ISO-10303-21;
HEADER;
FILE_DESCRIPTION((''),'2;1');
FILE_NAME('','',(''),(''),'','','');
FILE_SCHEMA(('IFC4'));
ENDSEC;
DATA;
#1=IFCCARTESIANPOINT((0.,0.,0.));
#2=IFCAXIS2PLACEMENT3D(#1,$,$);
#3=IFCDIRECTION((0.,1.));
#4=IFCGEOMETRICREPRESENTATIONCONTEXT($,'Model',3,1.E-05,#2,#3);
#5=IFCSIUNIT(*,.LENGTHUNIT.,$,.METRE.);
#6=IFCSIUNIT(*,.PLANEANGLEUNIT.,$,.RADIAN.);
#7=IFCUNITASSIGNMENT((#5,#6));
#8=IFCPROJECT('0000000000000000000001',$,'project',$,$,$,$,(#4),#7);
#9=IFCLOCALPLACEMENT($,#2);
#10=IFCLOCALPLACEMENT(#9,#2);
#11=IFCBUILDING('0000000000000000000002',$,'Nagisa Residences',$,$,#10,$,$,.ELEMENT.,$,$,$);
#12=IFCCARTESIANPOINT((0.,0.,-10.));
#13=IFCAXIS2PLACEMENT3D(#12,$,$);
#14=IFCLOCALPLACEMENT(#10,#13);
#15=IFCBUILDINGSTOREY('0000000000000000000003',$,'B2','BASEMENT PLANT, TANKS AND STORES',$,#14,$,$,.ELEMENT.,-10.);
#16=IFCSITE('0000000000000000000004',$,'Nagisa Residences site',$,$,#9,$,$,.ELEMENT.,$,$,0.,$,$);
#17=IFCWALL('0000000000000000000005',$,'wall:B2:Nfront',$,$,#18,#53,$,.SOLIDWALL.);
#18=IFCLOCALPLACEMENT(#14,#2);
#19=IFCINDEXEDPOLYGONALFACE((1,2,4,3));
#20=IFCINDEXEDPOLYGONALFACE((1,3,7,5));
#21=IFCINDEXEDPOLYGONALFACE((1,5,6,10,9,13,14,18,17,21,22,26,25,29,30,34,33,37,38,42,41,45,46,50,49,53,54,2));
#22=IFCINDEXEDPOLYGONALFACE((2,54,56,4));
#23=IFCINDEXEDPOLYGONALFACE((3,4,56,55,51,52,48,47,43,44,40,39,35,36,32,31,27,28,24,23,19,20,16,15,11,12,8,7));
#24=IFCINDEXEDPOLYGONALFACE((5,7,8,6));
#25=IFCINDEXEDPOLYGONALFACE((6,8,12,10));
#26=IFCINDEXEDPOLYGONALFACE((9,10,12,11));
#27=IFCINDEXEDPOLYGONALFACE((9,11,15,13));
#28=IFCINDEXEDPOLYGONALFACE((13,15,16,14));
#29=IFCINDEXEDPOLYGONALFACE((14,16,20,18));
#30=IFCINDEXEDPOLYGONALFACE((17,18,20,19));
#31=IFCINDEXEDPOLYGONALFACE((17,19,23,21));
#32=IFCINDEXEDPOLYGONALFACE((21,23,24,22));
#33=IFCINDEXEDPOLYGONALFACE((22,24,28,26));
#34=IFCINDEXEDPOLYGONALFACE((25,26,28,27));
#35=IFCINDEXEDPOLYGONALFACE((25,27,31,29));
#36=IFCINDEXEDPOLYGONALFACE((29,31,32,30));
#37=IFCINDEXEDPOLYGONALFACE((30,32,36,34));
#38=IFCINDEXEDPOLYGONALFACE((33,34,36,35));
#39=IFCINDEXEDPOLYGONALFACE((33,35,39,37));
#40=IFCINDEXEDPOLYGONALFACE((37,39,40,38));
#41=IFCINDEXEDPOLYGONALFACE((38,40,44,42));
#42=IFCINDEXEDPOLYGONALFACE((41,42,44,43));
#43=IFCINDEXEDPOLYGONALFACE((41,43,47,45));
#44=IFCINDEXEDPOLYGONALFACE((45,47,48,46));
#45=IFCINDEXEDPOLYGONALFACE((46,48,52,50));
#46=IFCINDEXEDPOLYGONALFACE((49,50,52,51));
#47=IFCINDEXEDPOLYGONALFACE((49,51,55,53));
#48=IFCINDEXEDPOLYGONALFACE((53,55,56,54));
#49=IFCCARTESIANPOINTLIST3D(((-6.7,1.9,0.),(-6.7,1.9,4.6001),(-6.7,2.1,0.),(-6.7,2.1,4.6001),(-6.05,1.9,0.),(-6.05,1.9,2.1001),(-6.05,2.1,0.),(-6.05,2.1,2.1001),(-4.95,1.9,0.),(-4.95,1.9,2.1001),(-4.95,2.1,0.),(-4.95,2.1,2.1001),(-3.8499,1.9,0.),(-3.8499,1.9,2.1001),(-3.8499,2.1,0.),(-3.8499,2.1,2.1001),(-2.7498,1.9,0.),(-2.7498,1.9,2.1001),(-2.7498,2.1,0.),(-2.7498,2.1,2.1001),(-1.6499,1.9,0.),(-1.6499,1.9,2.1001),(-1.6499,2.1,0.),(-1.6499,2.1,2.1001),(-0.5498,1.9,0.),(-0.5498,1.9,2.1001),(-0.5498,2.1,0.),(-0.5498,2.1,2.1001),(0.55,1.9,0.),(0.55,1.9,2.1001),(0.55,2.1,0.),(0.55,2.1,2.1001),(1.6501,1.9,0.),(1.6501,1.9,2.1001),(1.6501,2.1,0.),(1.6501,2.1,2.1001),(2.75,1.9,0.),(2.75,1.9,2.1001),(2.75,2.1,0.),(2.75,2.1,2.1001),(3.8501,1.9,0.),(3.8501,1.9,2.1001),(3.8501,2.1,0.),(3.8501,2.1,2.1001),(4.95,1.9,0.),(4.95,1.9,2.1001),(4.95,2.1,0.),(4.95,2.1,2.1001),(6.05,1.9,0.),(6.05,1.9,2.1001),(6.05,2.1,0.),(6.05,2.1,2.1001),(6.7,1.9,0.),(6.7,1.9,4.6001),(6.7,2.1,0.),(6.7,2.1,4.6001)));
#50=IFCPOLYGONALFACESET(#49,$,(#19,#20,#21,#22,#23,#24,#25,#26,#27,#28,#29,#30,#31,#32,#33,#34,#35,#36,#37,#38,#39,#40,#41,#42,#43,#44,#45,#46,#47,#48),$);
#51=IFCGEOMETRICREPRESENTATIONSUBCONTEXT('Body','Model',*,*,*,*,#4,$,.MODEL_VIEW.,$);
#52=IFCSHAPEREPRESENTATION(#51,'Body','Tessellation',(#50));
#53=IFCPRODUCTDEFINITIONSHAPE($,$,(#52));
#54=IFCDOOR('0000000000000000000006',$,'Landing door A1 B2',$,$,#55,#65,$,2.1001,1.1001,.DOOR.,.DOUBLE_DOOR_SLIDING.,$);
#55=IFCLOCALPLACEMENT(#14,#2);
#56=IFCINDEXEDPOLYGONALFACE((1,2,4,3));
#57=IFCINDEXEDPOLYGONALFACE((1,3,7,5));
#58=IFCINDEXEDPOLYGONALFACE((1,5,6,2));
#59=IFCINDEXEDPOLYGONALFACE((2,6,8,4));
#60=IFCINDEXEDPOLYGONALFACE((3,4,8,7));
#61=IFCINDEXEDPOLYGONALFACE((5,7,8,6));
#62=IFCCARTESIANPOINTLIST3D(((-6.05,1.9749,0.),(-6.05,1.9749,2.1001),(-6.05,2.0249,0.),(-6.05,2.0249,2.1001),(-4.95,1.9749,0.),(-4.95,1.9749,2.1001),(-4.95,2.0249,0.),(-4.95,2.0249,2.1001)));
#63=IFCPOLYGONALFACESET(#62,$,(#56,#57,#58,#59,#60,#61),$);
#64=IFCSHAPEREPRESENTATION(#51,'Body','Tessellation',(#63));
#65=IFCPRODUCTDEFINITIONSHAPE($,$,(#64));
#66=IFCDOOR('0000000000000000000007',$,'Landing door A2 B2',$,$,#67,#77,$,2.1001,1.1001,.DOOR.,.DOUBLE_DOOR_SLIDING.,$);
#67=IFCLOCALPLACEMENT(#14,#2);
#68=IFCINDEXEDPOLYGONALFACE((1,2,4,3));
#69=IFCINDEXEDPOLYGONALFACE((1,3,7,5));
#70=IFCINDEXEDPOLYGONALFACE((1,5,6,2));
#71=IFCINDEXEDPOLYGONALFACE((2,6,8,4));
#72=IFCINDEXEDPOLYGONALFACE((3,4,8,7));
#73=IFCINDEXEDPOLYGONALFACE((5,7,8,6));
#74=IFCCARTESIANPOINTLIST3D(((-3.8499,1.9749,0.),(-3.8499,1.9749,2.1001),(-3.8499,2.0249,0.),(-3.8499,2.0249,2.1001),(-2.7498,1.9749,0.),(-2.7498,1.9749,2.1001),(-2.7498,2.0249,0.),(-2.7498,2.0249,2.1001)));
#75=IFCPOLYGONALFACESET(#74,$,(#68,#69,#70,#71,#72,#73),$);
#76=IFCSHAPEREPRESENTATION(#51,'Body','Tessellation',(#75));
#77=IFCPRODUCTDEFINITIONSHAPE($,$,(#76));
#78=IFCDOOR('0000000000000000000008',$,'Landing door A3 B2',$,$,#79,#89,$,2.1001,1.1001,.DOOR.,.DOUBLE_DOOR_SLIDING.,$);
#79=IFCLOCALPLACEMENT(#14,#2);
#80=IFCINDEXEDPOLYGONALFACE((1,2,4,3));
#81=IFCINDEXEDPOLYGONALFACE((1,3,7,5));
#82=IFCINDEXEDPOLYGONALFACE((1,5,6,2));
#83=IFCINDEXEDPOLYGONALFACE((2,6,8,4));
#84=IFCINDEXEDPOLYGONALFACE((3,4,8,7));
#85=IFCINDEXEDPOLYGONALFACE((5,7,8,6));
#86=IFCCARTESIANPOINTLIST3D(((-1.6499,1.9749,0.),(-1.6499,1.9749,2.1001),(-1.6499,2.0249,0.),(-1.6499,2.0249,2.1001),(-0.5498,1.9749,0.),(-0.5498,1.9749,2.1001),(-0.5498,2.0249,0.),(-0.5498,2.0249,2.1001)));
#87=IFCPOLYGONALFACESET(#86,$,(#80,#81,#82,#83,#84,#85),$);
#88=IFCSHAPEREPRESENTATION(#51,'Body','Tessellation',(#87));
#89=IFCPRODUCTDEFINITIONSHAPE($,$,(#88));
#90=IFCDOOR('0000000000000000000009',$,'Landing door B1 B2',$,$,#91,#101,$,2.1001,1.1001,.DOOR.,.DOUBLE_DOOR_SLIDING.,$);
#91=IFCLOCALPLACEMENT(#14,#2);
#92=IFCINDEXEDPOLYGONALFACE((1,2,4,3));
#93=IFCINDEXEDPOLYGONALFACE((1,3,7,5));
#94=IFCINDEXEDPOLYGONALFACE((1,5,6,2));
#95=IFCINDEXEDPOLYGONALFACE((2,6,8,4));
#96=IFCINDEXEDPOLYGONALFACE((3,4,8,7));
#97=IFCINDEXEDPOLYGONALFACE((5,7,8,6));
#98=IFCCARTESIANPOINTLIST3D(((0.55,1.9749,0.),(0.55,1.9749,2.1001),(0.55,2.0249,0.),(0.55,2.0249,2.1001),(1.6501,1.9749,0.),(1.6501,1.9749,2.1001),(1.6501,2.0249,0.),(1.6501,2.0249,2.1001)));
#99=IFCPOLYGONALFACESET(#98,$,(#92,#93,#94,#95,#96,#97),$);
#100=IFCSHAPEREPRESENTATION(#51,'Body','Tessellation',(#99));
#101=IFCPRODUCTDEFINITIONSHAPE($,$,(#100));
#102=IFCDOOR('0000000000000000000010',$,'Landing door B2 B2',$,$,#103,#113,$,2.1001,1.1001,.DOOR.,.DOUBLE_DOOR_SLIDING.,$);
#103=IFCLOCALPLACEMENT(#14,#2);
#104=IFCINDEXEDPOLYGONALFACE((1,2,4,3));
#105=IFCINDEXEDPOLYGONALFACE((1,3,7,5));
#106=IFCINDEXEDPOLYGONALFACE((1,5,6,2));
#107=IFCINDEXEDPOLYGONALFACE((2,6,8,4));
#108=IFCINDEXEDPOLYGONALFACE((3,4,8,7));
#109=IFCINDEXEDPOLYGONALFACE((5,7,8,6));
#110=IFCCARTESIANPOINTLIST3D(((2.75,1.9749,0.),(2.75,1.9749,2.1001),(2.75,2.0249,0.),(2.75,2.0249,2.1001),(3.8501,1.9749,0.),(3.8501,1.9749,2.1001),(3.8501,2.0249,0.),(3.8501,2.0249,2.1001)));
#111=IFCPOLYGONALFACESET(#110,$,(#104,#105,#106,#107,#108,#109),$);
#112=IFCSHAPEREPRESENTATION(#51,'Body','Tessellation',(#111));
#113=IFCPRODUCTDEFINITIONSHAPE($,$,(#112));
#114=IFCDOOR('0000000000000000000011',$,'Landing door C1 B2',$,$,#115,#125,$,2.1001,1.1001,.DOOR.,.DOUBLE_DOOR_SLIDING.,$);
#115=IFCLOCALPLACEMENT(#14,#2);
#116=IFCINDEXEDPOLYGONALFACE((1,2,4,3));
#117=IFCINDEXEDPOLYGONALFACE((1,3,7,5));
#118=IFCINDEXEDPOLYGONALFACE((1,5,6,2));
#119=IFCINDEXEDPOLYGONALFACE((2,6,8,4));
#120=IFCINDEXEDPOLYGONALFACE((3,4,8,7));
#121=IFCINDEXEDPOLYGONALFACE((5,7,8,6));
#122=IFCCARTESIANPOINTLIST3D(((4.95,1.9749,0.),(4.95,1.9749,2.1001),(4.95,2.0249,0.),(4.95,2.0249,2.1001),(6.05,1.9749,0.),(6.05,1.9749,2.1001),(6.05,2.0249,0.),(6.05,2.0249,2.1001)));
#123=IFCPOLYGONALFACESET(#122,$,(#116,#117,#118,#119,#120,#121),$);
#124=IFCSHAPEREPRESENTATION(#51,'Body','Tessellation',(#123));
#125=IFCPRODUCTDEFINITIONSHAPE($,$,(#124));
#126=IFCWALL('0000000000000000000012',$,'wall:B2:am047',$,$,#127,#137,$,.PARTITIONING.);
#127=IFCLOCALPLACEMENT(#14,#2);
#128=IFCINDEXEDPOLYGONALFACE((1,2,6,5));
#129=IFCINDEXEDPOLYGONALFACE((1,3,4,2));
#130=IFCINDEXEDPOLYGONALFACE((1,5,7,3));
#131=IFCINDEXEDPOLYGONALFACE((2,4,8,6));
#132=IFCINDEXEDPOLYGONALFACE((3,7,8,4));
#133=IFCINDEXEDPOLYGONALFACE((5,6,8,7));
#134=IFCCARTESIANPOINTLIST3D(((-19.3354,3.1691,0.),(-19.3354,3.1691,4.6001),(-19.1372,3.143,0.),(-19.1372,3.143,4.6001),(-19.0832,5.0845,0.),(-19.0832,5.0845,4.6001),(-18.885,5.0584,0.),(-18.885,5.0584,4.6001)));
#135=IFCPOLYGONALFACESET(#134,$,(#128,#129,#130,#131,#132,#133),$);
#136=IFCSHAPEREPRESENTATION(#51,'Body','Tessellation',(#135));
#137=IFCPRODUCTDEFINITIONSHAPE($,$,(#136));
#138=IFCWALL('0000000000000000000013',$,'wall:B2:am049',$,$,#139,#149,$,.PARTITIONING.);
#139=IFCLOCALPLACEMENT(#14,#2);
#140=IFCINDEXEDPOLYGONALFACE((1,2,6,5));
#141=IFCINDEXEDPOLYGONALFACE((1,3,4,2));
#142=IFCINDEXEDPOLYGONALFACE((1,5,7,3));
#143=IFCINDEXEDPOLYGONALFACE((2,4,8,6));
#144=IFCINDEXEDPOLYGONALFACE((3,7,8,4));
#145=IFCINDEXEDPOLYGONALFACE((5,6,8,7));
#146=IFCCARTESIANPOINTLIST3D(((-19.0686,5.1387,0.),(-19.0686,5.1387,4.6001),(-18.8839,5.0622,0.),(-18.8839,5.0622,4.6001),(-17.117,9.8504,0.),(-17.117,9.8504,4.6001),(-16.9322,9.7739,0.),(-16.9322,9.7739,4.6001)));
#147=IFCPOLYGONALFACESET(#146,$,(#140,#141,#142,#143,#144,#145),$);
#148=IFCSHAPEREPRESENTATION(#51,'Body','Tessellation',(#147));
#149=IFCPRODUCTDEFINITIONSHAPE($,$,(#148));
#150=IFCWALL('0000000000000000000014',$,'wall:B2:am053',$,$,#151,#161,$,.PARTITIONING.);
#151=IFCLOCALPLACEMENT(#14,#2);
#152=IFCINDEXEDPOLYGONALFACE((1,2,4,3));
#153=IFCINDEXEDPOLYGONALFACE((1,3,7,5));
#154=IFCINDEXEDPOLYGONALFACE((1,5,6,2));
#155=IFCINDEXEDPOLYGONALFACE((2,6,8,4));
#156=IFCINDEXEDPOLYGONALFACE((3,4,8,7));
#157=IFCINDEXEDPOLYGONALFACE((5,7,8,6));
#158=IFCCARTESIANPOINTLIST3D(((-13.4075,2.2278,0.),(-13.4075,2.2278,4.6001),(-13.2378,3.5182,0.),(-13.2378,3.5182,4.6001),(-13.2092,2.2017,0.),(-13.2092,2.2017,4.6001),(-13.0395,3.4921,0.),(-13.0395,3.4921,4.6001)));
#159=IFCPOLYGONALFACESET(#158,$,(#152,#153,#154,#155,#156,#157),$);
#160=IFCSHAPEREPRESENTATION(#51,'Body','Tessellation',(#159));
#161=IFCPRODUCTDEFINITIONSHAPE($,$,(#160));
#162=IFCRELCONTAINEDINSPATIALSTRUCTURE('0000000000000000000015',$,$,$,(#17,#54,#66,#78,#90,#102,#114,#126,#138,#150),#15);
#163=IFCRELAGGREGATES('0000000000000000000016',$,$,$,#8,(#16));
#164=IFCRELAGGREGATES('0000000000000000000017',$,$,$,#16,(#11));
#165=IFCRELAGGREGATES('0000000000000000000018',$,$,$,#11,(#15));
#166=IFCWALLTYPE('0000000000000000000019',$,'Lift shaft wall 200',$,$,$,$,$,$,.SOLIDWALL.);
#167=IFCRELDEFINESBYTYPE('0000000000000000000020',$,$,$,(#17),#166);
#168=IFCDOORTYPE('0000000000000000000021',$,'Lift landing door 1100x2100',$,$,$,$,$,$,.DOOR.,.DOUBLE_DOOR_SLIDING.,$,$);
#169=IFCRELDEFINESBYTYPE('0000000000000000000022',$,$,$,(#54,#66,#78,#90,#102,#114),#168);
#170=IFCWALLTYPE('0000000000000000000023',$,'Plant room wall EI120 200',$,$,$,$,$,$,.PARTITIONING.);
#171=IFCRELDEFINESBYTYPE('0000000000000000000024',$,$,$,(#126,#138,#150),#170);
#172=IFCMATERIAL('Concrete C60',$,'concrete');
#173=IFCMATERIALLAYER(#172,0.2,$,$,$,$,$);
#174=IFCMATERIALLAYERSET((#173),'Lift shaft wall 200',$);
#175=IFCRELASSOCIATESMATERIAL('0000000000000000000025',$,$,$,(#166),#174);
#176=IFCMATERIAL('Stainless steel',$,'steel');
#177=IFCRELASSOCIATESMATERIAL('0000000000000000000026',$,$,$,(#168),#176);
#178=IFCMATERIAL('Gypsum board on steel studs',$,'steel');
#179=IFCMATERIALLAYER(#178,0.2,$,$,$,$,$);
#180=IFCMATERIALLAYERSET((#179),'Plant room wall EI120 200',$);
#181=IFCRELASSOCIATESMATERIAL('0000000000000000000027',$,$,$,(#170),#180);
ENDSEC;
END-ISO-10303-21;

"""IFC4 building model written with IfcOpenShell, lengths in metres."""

from ifc_helpers import new_model, si_unit, direction, frame, frame_2d, origin, place, context, subcontext, project, spatial, rectangle, extrude, material, layer, layer_set, type_object, element, fill, save


model = new_model("IFC4")

# Units and contexts
model_context = context("Model", 3, precision=1e-05, world=origin(), true_north=direction((0.0, 1.0)))
body_context = subcontext(model_context, "Body", "Model", "MODEL_VIEW")
ifc_project = project(units=[si_unit("LENGTHUNIT", "METRE"), si_unit("PLANEANGLEUNIT", "RADIAN")], contexts=[model_context])

# Site, building, storey
site_placement = place(None, origin())
site = spatial("IfcSite", under=ifc_project, at=site_placement, Name="Nagisa Residences site", CompositionType="ELEMENT", RefElevation=0.0)
building_placement = place(site_placement, origin())
building = spatial("IfcBuilding", under=site, at=building_placement, Name="Nagisa Residences", CompositionType="ELEMENT")
storey_placement = place(building_placement, frame((0.0, 0.0, -10.0)))
storey = spatial("IfcBuildingStorey", under=building, at=storey_placement, Name="B2", Description="BASEMENT PLANT, TANKS AND STORES", CompositionType="ELEMENT", Elevation=-10.0)

# Wall, openings, doors
ifc_material_1 = material(Name="Concrete C60", Category="concrete")
ifc_layer_1 = layer(ifc_material_1, 0.2)
ifc_layer_set_1 = layer_set([ifc_layer_1], Name="Lift shaft wall 200")
wall_type_1 = type_object("IfcWallType", Name="Lift shaft wall 200", PredefinedType="SOLIDWALL", material=ifc_layer_set_1)
wall_1_placement = place(storey_placement, frame((-6.7, 2.0, 0.0), z_axis=(0.0, 0.0, 1.0), x_axis=(1.0, 0.0, 0.0)))
wall_1 = element("IfcWall", 1, at=wall_1_placement, inside=storey, type_object=wall_type_1, Name="wall:B2:Nfront", PredefinedType="SOLIDWALL", context=body_context, shape_type="SweptSolid", body=[
    extrude(rectangle(XDim=13.3999, YDim=0.2, at=frame_2d((6.7, 0.0))), origin(), (0.0, 0.0, 1.0), 4.6001),
])
opening_1_placement = place(wall_1_placement, frame((0.6499, 0.0, 0.0)))
opening_1 = element("IfcOpeningElement", 2, at=opening_1_placement, cuts=wall_1, PredefinedType="OPENING", context=body_context, shape_type="SweptSolid", body=[
    extrude(rectangle(XDim=1.1001, YDim=2.1001, at=frame_2d((0.55, 1.05))), frame((0.0, 0.1099, 0.0), z_axis=(0.0, -1.0, 0.0), x_axis=(1.0, 0.0, 0.0)), (0.0, 0.0, 1.0), 0.22),
])
opening_2_placement = place(wall_1_placement, frame((2.8501, 0.0, 0.0)))
opening_2 = element("IfcOpeningElement", 3, at=opening_2_placement, cuts=wall_1, PredefinedType="OPENING", context=body_context, shape_type="SweptSolid", body=[
    extrude(rectangle(XDim=1.1001, YDim=2.1001, at=frame_2d((0.55, 1.05))), frame((0.0, 0.1099, 0.0), z_axis=(0.0, -1.0, 0.0), x_axis=(1.0, 0.0, 0.0)), (0.0, 0.0, 1.0), 0.22),
])
opening_3_placement = place(wall_1_placement, frame((5.05, 0.0, 0.0)))
opening_3 = element("IfcOpeningElement", 4, at=opening_3_placement, cuts=wall_1, PredefinedType="OPENING", context=body_context, shape_type="SweptSolid", body=[
    extrude(rectangle(XDim=1.1001, YDim=2.1001, at=frame_2d((0.55, 1.05))), frame((0.0, 0.1099, 0.0), z_axis=(0.0, -1.0, 0.0), x_axis=(1.0, 0.0, 0.0)), (0.0, 0.0, 1.0), 0.22),
])
opening_4_placement = place(wall_1_placement, frame((7.25, 0.0, 0.0)))
opening_4 = element("IfcOpeningElement", 5, at=opening_4_placement, cuts=wall_1, PredefinedType="OPENING", context=body_context, shape_type="SweptSolid", body=[
    extrude(rectangle(XDim=1.1001, YDim=2.1001, at=frame_2d((0.55, 1.05))), frame((0.0, 0.1099, 0.0), z_axis=(0.0, -1.0, 0.0), x_axis=(1.0, 0.0, 0.0)), (0.0, 0.0, 1.0), 0.22),
])
opening_5_placement = place(wall_1_placement, frame((9.45, 0.0, 0.0)))
opening_5 = element("IfcOpeningElement", 6, at=opening_5_placement, cuts=wall_1, PredefinedType="OPENING", context=body_context, shape_type="SweptSolid", body=[
    extrude(rectangle(XDim=1.1001, YDim=2.1001, at=frame_2d((0.55, 1.05))), frame((0.0, 0.1099, 0.0), z_axis=(0.0, -1.0, 0.0), x_axis=(1.0, 0.0, 0.0)), (0.0, 0.0, 1.0), 0.22),
])
opening_6_placement = place(wall_1_placement, frame((11.6499, 0.0, 0.0)))
opening_6 = element("IfcOpeningElement", 7, at=opening_6_placement, cuts=wall_1, PredefinedType="OPENING", context=body_context, shape_type="SweptSolid", body=[
    extrude(rectangle(XDim=1.1001, YDim=2.1001, at=frame_2d((0.55, 1.05))), frame((0.0, 0.1099, 0.0), z_axis=(0.0, -1.0, 0.0), x_axis=(1.0, 0.0, 0.0)), (0.0, 0.0, 1.0), 0.22),
])
ifc_material_2 = material(Name="Stainless steel", Category="steel")
door_type_1 = type_object("IfcDoorType", Name="Lift landing door 1100x2100", OperationType="DOUBLE_DOOR_SLIDING", PredefinedType="DOOR", material=ifc_material_2)
door_1_placement = place(opening_1_placement, origin())
door_1 = element("IfcDoor", 8, at=door_1_placement, inside=storey, type_object=door_type_1, Name="Landing door A1 B2", OperationType="DOUBLE_DOOR_SLIDING", OverallHeight=2.1001, OverallWidth=1.1001, PredefinedType="DOOR", context=body_context, shape_type="SweptSolid", body=[
    extrude(rectangle(XDim=1.1001, YDim=2.1001, at=frame_2d((0.55, 1.05))), frame((0.0, 0.0249, 0.0), z_axis=(0.0, -1.0, 0.0), x_axis=(1.0, 0.0, 0.0)), (0.0, 0.0, 1.0), 0.05),
])
fill(opening_1, door_1)
door_2_placement = place(opening_2_placement, origin())
door_2 = element("IfcDoor", 9, at=door_2_placement, inside=storey, type_object=door_type_1, Name="Landing door A2 B2", OperationType="DOUBLE_DOOR_SLIDING", OverallHeight=2.1001, OverallWidth=1.1001, PredefinedType="DOOR", context=body_context, shape_type="SweptSolid", body=[
    extrude(rectangle(XDim=1.1001, YDim=2.1001, at=frame_2d((0.55, 1.05))), frame((0.0, 0.0249, 0.0), z_axis=(0.0, -1.0, 0.0), x_axis=(1.0, 0.0, 0.0)), (0.0, 0.0, 1.0), 0.05),
])
fill(opening_2, door_2)
door_3_placement = place(opening_3_placement, origin())
door_3 = element("IfcDoor", 10, at=door_3_placement, inside=storey, type_object=door_type_1, Name="Landing door A3 B2", OperationType="DOUBLE_DOOR_SLIDING", OverallHeight=2.1001, OverallWidth=1.1001, PredefinedType="DOOR", context=body_context, shape_type="SweptSolid", body=[
    extrude(rectangle(XDim=1.1001, YDim=2.1001, at=frame_2d((0.55, 1.05))), frame((0.0, 0.0249, 0.0), z_axis=(0.0, -1.0, 0.0), x_axis=(1.0, 0.0, 0.0)), (0.0, 0.0, 1.0), 0.05),
])
fill(opening_3, door_3)
door_4_placement = place(opening_4_placement, origin())
door_4 = element("IfcDoor", 11, at=door_4_placement, inside=storey, type_object=door_type_1, Name="Landing door B1 B2", OperationType="DOUBLE_DOOR_SLIDING", OverallHeight=2.1001, OverallWidth=1.1001, PredefinedType="DOOR", context=body_context, shape_type="SweptSolid", body=[
    extrude(rectangle(XDim=1.1001, YDim=2.1001, at=frame_2d((0.55, 1.05))), frame((0.0, 0.0249, 0.0), z_axis=(0.0, -1.0, 0.0), x_axis=(1.0, 0.0, 0.0)), (0.0, 0.0, 1.0), 0.05),
])
fill(opening_4, door_4)
door_5_placement = place(opening_5_placement, origin())
door_5 = element("IfcDoor", 12, at=door_5_placement, inside=storey, type_object=door_type_1, Name="Landing door B2 B2", OperationType="DOUBLE_DOOR_SLIDING", OverallHeight=2.1001, OverallWidth=1.1001, PredefinedType="DOOR", context=body_context, shape_type="SweptSolid", body=[
    extrude(rectangle(XDim=1.1001, YDim=2.1001, at=frame_2d((0.55, 1.05))), frame((0.0, 0.0249, 0.0), z_axis=(0.0, -1.0, 0.0), x_axis=(1.0, 0.0, 0.0)), (0.0, 0.0, 1.0), 0.05),
])
fill(opening_5, door_5)
door_6_placement = place(opening_6_placement, origin())
door_6 = element("IfcDoor", 13, at=door_6_placement, inside=storey, type_object=door_type_1, Name="Landing door C1 B2", OperationType="DOUBLE_DOOR_SLIDING", OverallHeight=2.1001, OverallWidth=1.1001, PredefinedType="DOOR", context=body_context, shape_type="SweptSolid", body=[
    extrude(rectangle(XDim=1.1001, YDim=2.1001, at=frame_2d((0.55, 1.05))), frame((0.0, 0.0249, 0.0), z_axis=(0.0, -1.0, 0.0), x_axis=(1.0, 0.0, 0.0)), (0.0, 0.0, 1.0), 0.05),
])
fill(opening_6, door_6)

# Walls
ifc_material_3 = material(Name="Gypsum board on steel studs", Category="steel")
ifc_layer_2 = layer(ifc_material_3, 0.2)
ifc_layer_set_2 = layer_set([ifc_layer_2], Name="Plant room wall EI120 200")
wall_type_2 = type_object("IfcWallType", Name="Plant room wall EI120 200", PredefinedType="PARTITIONING", material=ifc_layer_set_2)
wall_2_placement = place(storey_placement, frame((-18.9841, 5.0713, 0.0), z_axis=(0.0, 0.0, 1.0), x_axis=(-0.130549, -0.991442, 0.0)))
element("IfcWall", 14, at=wall_2_placement, inside=storey, type_object=wall_type_2, Name="wall:B2:am047", PredefinedType="PARTITIONING", context=body_context, shape_type="SweptSolid", body=[
    extrude(rectangle(XDim=1.9319, YDim=0.2, at=frame_2d((0.9658, 0.0))), origin(), (0.0, 0.0, 1.0), 4.6001),
])
wall_3_placement = place(storey_placement, frame((-17.0247, 9.812, 0.0), z_axis=(0.0, 0.0, 1.0), x_axis=(-0.382687, -0.923878, 0.0)))
element("IfcWall", 15, at=wall_3_placement, inside=storey, type_object=wall_type_2, Name="wall:B2:am049", PredefinedType="PARTITIONING", context=body_context, shape_type="SweptSolid", body=[
    extrude(rectangle(XDim=5.0999, YDim=0.2, at=frame_2d((2.5498, 0.0))), origin(), (0.0, 0.0, 1.0), 4.6001),
])
wall_4_placement = place(storey_placement, frame((-13.3083, 2.2146, 0.0), z_axis=(0.0, 0.0, 1.0), x_axis=(0.130382, 0.991464, 0.0)))
element("IfcWall", 16, at=wall_4_placement, inside=storey, type_object=wall_type_2, Name="wall:B2:am053", PredefinedType="PARTITIONING", context=body_context, shape_type="SweptSolid", body=[
    extrude(rectangle(XDim=1.3015, YDim=0.2, at=frame_2d((0.6509, 0.0))), origin(), (0.0, 0.0, 1.0), 4.6001),
])

save(model, "model.ifc")
